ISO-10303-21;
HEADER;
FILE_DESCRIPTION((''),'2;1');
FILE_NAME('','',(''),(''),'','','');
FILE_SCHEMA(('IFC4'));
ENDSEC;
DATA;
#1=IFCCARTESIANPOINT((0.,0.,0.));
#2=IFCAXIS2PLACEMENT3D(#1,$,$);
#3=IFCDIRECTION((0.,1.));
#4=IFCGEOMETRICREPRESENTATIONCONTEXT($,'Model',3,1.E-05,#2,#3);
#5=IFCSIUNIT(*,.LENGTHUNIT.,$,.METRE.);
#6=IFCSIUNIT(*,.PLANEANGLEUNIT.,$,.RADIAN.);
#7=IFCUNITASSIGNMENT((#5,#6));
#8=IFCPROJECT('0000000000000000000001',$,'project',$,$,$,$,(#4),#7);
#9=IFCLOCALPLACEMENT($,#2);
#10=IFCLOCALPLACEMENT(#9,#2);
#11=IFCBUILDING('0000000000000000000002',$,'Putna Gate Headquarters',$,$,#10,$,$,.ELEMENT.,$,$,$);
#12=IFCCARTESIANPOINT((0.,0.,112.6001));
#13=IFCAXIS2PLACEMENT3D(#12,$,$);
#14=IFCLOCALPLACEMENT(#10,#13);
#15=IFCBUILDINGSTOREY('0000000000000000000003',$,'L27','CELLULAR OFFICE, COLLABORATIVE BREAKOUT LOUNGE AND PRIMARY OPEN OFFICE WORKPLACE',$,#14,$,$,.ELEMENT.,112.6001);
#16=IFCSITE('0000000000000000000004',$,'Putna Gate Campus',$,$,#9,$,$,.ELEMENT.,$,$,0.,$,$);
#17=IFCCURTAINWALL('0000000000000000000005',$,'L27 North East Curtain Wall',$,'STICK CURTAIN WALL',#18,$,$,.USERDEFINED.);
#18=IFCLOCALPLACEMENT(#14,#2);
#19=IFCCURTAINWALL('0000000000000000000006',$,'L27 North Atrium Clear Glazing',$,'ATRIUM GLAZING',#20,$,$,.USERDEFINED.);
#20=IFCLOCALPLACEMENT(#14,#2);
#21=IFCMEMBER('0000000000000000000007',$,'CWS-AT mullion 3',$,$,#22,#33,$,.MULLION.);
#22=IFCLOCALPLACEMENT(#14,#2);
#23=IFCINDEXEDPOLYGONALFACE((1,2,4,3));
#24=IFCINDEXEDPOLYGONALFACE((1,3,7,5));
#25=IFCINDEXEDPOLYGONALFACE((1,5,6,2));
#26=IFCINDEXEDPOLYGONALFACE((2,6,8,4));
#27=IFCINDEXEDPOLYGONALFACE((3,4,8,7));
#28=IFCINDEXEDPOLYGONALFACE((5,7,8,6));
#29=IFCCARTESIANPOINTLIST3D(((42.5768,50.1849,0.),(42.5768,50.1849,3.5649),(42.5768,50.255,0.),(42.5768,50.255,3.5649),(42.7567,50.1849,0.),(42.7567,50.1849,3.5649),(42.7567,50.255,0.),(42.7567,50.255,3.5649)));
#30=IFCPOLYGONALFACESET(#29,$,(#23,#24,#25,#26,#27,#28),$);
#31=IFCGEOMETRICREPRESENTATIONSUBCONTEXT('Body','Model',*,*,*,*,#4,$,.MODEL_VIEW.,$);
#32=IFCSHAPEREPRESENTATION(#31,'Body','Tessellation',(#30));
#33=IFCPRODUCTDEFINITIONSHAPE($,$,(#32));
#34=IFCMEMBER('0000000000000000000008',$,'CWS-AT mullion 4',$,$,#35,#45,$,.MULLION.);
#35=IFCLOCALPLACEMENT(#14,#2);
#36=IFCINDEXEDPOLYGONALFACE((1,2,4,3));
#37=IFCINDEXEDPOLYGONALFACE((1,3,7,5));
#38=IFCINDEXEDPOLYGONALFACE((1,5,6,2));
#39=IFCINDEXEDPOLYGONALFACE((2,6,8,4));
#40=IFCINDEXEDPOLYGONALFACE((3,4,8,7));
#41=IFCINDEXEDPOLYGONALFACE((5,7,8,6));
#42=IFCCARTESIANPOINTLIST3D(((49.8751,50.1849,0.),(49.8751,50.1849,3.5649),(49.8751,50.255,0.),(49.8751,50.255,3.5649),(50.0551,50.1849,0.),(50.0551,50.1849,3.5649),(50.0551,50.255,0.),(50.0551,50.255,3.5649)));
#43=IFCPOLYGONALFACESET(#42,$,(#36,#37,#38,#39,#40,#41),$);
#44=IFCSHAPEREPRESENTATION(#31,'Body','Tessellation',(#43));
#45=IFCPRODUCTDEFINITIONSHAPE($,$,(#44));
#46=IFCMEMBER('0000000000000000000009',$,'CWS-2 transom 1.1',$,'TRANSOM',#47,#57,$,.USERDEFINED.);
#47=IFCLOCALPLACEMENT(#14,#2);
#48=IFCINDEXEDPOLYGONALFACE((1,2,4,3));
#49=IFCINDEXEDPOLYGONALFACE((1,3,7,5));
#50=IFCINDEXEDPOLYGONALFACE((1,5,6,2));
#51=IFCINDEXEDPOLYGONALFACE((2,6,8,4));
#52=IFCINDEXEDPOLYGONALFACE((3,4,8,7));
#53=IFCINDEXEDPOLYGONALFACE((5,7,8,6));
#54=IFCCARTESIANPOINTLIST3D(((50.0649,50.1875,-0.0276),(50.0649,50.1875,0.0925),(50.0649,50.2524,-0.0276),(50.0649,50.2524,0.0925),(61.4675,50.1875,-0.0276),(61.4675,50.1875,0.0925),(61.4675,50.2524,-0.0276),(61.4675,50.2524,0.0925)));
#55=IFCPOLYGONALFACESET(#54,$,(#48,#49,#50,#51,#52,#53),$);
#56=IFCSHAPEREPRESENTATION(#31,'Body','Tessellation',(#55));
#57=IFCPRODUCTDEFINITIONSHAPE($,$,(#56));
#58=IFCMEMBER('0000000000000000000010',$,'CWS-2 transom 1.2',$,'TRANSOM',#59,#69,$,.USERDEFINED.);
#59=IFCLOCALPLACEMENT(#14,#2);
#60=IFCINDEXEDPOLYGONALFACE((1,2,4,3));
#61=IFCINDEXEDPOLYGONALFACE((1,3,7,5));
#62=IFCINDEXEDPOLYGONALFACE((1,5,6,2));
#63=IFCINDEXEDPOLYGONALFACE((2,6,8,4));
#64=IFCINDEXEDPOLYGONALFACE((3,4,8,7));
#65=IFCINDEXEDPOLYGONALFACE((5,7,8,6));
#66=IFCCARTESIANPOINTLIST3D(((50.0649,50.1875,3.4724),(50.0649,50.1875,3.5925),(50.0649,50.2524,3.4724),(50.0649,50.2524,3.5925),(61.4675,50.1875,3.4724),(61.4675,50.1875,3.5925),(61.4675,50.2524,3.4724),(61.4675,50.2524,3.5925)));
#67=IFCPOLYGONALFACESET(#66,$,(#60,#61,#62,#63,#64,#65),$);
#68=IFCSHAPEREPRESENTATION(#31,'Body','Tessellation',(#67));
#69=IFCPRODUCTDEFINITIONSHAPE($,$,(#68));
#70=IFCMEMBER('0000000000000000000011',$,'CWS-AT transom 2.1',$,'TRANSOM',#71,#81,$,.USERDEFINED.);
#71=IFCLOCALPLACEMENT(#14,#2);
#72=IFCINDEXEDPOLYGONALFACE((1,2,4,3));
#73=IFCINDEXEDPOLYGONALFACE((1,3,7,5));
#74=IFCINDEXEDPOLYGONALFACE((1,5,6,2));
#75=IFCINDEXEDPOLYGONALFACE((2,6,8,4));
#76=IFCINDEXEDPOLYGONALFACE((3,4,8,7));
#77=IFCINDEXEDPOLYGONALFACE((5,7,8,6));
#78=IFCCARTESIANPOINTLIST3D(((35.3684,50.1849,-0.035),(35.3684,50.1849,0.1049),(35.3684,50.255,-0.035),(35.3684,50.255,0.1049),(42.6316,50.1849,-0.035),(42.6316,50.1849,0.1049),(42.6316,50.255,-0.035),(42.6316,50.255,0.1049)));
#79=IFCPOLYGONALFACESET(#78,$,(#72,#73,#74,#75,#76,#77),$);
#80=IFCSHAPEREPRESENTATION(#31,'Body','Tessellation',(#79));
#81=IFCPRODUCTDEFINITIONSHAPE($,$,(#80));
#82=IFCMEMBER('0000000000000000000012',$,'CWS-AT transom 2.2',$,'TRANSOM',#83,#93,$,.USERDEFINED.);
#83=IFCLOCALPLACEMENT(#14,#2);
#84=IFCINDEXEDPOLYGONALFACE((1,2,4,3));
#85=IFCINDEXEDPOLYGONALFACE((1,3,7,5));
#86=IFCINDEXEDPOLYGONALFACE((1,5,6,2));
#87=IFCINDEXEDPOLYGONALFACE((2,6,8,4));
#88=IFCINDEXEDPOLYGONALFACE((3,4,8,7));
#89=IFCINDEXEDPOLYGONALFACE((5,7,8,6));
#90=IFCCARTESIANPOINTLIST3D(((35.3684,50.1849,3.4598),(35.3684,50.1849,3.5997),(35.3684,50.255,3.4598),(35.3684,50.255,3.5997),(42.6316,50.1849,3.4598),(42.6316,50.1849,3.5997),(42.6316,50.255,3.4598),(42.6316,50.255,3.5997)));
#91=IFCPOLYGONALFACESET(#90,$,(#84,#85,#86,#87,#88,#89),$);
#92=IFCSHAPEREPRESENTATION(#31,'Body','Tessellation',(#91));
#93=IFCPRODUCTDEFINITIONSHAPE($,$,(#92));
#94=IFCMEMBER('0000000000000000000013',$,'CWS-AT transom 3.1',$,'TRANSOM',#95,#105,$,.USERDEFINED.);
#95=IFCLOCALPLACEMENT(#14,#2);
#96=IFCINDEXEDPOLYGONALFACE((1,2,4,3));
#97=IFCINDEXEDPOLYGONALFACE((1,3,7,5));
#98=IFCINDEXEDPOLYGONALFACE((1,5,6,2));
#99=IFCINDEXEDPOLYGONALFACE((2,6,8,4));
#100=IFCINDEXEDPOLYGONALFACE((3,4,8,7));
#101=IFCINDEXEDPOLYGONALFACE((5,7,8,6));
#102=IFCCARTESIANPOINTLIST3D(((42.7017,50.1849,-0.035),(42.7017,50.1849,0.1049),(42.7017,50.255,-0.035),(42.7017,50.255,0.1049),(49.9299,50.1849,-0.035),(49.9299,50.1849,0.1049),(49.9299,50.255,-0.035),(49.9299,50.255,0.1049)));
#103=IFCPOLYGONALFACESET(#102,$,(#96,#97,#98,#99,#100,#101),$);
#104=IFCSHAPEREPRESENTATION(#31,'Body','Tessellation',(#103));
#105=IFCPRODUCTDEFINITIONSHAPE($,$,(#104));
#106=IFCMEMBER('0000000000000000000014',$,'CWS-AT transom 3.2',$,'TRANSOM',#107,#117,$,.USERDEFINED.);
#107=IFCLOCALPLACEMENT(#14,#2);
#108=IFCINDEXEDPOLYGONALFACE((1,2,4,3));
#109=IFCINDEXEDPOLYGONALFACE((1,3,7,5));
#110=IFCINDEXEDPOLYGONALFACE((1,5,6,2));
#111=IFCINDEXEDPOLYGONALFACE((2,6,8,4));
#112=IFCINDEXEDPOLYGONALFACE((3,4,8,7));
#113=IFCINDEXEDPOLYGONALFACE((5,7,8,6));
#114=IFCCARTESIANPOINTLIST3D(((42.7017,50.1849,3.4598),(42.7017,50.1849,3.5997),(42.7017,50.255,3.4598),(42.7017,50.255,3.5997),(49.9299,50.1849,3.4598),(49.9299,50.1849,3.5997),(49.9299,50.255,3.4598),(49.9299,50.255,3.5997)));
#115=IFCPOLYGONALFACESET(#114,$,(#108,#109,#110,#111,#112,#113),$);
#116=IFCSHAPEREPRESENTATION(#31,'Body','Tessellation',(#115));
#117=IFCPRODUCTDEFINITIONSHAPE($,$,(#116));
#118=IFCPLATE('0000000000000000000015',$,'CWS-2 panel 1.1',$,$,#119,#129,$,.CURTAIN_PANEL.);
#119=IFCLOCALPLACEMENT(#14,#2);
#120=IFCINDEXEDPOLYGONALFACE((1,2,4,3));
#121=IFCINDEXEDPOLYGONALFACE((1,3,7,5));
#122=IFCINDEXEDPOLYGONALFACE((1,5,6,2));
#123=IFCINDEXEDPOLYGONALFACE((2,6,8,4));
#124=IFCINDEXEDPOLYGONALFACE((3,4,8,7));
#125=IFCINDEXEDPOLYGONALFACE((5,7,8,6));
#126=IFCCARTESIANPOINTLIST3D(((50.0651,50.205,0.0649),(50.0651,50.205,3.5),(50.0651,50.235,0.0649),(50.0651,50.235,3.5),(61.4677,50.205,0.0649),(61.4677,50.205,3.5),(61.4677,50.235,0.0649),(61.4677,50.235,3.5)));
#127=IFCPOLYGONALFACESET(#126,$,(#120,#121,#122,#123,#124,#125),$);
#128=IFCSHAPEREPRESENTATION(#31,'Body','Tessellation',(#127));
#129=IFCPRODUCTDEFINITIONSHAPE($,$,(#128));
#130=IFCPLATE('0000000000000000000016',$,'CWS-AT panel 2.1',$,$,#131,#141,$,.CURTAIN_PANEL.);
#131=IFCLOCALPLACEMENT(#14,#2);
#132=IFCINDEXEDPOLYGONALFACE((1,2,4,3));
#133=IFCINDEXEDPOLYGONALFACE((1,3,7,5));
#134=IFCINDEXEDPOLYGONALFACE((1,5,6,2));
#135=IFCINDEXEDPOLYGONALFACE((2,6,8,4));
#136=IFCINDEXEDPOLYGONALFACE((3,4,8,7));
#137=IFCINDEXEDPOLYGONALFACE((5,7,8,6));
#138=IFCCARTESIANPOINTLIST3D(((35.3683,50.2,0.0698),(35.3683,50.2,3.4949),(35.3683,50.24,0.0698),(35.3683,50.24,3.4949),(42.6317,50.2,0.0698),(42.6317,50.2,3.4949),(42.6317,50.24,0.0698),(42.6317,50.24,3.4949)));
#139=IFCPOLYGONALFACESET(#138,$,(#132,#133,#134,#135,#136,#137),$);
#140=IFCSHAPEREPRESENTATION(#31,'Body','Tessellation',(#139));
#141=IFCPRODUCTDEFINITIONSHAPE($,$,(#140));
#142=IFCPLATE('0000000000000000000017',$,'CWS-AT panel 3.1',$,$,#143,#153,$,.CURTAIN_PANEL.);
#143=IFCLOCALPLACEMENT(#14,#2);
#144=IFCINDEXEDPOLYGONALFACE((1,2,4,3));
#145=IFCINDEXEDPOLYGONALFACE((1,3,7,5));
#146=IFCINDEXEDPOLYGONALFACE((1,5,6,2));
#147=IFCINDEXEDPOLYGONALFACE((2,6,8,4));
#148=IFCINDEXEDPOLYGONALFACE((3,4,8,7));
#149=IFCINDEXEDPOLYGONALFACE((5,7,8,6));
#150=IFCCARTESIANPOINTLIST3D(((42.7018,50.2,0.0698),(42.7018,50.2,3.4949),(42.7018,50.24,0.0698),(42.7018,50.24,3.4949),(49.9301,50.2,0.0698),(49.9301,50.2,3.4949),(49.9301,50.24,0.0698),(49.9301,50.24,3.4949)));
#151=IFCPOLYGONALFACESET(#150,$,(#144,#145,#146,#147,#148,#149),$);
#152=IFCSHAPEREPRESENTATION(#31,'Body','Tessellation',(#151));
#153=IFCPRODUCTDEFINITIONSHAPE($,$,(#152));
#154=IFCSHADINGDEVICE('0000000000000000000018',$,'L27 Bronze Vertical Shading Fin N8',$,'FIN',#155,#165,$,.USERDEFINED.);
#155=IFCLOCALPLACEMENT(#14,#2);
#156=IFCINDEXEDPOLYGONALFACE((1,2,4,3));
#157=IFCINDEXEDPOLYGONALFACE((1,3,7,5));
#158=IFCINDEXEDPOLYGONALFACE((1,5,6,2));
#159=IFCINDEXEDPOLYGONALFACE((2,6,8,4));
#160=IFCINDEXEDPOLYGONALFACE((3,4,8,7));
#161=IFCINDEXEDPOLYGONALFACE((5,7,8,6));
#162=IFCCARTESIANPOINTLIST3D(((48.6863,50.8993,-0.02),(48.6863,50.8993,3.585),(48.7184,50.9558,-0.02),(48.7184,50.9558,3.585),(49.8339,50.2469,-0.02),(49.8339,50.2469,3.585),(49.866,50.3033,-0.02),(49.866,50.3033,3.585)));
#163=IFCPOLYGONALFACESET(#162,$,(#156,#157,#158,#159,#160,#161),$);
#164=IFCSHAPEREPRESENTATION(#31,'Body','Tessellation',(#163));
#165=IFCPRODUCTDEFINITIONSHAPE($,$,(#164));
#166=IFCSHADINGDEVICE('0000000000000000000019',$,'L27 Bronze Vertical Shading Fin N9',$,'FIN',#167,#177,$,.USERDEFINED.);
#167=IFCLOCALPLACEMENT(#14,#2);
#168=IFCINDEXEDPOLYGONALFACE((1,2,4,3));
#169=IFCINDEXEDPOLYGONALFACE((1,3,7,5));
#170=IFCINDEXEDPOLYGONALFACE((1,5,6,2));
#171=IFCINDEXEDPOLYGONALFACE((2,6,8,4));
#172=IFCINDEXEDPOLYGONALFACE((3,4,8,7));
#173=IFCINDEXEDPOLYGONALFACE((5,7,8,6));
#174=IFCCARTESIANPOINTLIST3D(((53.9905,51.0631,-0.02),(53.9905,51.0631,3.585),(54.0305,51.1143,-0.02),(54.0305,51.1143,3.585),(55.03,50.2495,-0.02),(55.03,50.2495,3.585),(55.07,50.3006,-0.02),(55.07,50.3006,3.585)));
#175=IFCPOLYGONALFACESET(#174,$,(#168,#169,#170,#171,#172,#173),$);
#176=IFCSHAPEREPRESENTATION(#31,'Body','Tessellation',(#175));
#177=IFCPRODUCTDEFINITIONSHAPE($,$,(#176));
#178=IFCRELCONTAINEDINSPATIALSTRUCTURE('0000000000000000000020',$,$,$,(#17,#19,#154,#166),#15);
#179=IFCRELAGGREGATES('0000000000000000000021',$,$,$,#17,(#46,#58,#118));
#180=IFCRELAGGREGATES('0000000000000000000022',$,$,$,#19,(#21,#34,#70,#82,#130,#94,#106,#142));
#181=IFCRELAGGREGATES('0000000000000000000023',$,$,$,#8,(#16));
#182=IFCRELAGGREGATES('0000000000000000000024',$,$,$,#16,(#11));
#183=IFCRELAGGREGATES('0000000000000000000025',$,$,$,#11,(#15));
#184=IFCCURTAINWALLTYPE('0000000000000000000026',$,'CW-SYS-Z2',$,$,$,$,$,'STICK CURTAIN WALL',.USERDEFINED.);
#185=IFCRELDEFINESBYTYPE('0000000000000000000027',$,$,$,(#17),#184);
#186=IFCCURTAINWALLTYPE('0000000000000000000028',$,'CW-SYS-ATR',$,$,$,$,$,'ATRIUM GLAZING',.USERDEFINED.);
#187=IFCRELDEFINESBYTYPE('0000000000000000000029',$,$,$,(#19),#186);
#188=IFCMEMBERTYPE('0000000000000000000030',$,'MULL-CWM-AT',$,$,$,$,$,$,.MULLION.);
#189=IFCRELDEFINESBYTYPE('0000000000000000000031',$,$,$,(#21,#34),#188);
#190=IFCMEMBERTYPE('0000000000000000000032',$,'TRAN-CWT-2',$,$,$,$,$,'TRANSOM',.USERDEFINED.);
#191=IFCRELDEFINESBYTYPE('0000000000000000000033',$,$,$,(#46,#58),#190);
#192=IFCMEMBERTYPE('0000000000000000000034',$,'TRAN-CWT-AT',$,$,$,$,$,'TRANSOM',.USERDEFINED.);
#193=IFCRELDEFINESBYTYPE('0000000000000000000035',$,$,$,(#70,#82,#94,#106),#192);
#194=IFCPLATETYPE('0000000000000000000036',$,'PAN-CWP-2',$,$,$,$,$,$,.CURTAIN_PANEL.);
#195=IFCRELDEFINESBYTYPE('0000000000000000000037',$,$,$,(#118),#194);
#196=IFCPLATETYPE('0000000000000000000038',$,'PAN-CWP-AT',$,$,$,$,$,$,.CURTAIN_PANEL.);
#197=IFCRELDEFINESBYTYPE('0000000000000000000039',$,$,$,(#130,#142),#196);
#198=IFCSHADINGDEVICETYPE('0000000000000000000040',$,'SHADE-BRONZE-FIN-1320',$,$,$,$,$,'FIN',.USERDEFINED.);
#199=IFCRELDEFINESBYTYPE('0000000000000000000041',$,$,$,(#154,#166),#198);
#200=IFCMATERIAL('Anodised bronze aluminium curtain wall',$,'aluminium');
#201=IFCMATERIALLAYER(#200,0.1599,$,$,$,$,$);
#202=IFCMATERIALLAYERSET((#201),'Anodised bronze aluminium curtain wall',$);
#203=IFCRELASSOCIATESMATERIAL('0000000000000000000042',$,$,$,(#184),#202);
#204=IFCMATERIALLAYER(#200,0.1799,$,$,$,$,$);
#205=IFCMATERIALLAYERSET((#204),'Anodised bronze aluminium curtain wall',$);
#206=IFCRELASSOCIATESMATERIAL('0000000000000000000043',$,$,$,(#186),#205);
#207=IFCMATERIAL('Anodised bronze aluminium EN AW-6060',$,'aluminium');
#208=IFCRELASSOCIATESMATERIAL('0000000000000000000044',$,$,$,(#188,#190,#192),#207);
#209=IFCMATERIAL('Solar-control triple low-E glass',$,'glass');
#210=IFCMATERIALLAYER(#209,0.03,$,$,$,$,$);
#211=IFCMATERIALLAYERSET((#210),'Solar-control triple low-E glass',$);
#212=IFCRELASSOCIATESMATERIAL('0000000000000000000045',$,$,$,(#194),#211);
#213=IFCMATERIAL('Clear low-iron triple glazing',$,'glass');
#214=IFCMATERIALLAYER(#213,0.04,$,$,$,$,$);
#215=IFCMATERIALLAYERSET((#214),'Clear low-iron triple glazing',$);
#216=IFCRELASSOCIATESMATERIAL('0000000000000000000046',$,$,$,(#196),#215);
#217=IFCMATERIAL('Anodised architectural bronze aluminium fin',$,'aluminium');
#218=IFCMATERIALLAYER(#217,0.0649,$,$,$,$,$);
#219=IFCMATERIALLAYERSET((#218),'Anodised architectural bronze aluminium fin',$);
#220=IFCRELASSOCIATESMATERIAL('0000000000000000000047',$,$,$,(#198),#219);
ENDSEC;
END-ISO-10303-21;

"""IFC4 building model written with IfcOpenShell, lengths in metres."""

from ifc_helpers import new_model, si_unit, direction, frame, origin, origin_2d, place, context, subcontext, project, spatial, rectangle, extrude, material, layer, layer_set, material_profile, profile_set, type_object, element, aggregate, save


model = new_model("IFC4")

# Units and contexts
model_context = context("Model", 3, precision=1e-05, world=origin(), true_north=direction((0.0, 1.0)))
body_context = subcontext(model_context, "Body", "Model", "MODEL_VIEW")
ifc_project = project(units=[si_unit("LENGTHUNIT", "METRE"), si_unit("PLANEANGLEUNIT", "RADIAN")], contexts=[model_context])

# Site, building, storey
site_placement = place(None, origin())
site = spatial("IfcSite", under=ifc_project, at=site_placement, Name="Putna Gate Campus", CompositionType="ELEMENT", RefElevation=0.0)
building_placement = place(site_placement, origin())
building = spatial("IfcBuilding", under=site, at=building_placement, Name="Putna Gate Headquarters", CompositionType="ELEMENT")
storey_placement = place(building_placement, frame((0.0, 0.0, 112.6001)))
storey = spatial("IfcBuildingStorey", under=building, at=storey_placement, Name="L27", Description="CELLULAR OFFICE, COLLABORATIVE BREAKOUT LOUNGE AND PRIMARY OPEN OFFICE WORKPLACE", CompositionType="ELEMENT", Elevation=112.6001)

# Curtain wall
ifc_material_1 = material(Name="Anodised bronze aluminium curtain wall", Category="aluminium")
ifc_layer_1 = layer(ifc_material_1, 0.1599)
ifc_layer_set_1 = layer_set([ifc_layer_1], Name="Anodised bronze aluminium curtain wall")
curtain_wall_type_1 = type_object("IfcCurtainWallType", Name="CW-SYS-Z2", ElementType="STICK CURTAIN WALL", PredefinedType="USERDEFINED", material=ifc_layer_set_1)
curtain_wall_1_placement = place(storey_placement, origin())
curtain_wall_1 = element("IfcCurtainWall", 1, at=curtain_wall_1_placement, inside=storey, type_object=curtain_wall_type_1, Name="L27 North East Curtain Wall", ObjectType="STICK CURTAIN WALL", PredefinedType="USERDEFINED")
ifc_material_2 = material(Name="Anodised bronze aluminium EN AW-6060", Category="aluminium")

# Curtain wall, members
ifc_layer_2 = layer(ifc_material_1, 0.1799)
ifc_layer_set_2 = layer_set([ifc_layer_2], Name="Anodised bronze aluminium curtain wall")
curtain_wall_type_2 = type_object("IfcCurtainWallType", Name="CW-SYS-ATR", ElementType="ATRIUM GLAZING", PredefinedType="USERDEFINED", material=ifc_layer_set_2)
curtain_wall_2_placement = place(storey_placement, origin())
curtain_wall_2 = element("IfcCurtainWall", 2, at=curtain_wall_2_placement, inside=storey, type_object=curtain_wall_type_2, Name="L27 North Atrium Clear Glazing", ObjectType="ATRIUM GLAZING", PredefinedType="USERDEFINED")
ifc_material_profile_1 = material_profile(ifc_material_2, rectangle(XDim=0.0701, YDim=0.1799, at=origin_2d()), Name="Anodised bronze aluminium EN AW-6060")
ifc_profile_set_1 = profile_set([ifc_material_profile_1], Name="Anodised bronze aluminium EN AW-6060")
member_type_1 = type_object("IfcMemberType", Name="MULL-CWM-AT", PredefinedType="MULLION", material=ifc_profile_set_1)
member_1_placement = place(storey_placement, frame((42.6667, 50.22, 0.0), z_axis=(0.0, 0.0, 1.0), x_axis=(0.0, 1.0, 0.0)))
member_1 = element("IfcMember", 3, at=member_1_placement, type_object=member_type_1, Name="CWS-AT mullion 3", PredefinedType="MULLION", context=body_context, shape_type="SweptSolid", body=[
    extrude(rectangle(XDim=0.0701, YDim=0.1799, at=origin_2d()), origin(), (0.0, 0.0, 1.0), 3.5649),
])
member_2_placement = place(storey_placement, frame((49.9651, 50.22, 0.0), z_axis=(0.0, 0.0, 1.0), x_axis=(0.0, 1.0, 0.0)))
member_2 = element("IfcMember", 4, at=member_2_placement, type_object=member_type_1, Name="CWS-AT mullion 4", PredefinedType="MULLION", context=body_context, shape_type="SweptSolid", body=[
    extrude(rectangle(XDim=0.0701, YDim=0.1799, at=origin_2d()), origin(), (0.0, 0.0, 1.0), 3.5649),
])

# Members
ifc_material_profile_2 = material_profile(ifc_material_2, rectangle(XDim=0.0649, YDim=0.1201, at=origin_2d()), Name="Anodised bronze aluminium EN AW-6060")
ifc_profile_set_2 = profile_set([ifc_material_profile_2], Name="Anodised bronze aluminium EN AW-6060")
member_type_2 = type_object("IfcMemberType", Name="TRAN-CWT-2", ElementType="TRANSOM", PredefinedType="USERDEFINED", material=ifc_profile_set_2)
member_3_placement = place(storey_placement, frame((50.0649, 50.22, 0.0325), z_axis=(1.0, 0.0, 0.0), x_axis=(0.0, 1.0, 0.0)))
member_3 = element("IfcMember", 5, at=member_3_placement, type_object=member_type_2, Name="CWS-2 transom 1.1", ObjectType="TRANSOM", PredefinedType="USERDEFINED", context=body_context, shape_type="SweptSolid", body=[
    extrude(rectangle(XDim=0.0649, YDim=0.1201, at=origin_2d()), origin(), (0.0, 0.0, 1.0), 11.4026),
])
member_4_placement = place(storey_placement, frame((50.0649, 50.22, 3.5325), z_axis=(1.0, 0.0, 0.0), x_axis=(0.0, 1.0, 0.0)))
member_4 = element("IfcMember", 6, at=member_4_placement, type_object=member_type_2, Name="CWS-2 transom 1.2", ObjectType="TRANSOM", PredefinedType="USERDEFINED", context=body_context, shape_type="SweptSolid", body=[
    extrude(rectangle(XDim=0.0649, YDim=0.1201, at=origin_2d()), origin(), (0.0, 0.0, 1.0), 11.4026),
])
ifc_material_profile_3 = material_profile(ifc_material_2, rectangle(XDim=0.0701, YDim=0.1399, at=origin_2d()), Name="Anodised bronze aluminium EN AW-6060")
ifc_profile_set_3 = profile_set([ifc_material_profile_3], Name="Anodised bronze aluminium EN AW-6060")
member_type_3 = type_object("IfcMemberType", Name="TRAN-CWT-AT", ElementType="TRANSOM", PredefinedType="USERDEFINED", material=ifc_profile_set_3)
member_5_placement = place(storey_placement, frame((35.3684, 50.22, 0.0349), z_axis=(1.0, 0.0, 0.0), x_axis=(0.0, 1.0, 0.0)))
member_5 = element("IfcMember", 7, at=member_5_placement, type_object=member_type_3, Name="CWS-AT transom 2.1", ObjectType="TRANSOM", PredefinedType="USERDEFINED", context=body_context, shape_type="SweptSolid", body=[
    extrude(rectangle(XDim=0.0701, YDim=0.1399, at=origin_2d()), origin(), (0.0, 0.0, 1.0), 7.2632),
])
member_6_placement = place(storey_placement, frame((35.3684, 50.22, 3.5298), z_axis=(1.0, 0.0, 0.0), x_axis=(0.0, 1.0, 0.0)))
member_6 = element("IfcMember", 8, at=member_6_placement, type_object=member_type_3, Name="CWS-AT transom 2.2", ObjectType="TRANSOM", PredefinedType="USERDEFINED", context=body_context, shape_type="SweptSolid", body=[
    extrude(rectangle(XDim=0.0701, YDim=0.1399, at=origin_2d()), origin(), (0.0, 0.0, 1.0), 7.2632),
])
member_7_placement = place(storey_placement, frame((42.7017, 50.22, 0.0349), z_axis=(1.0, 0.0, 0.0), x_axis=(0.0, 1.0, 0.0)))
member_7 = element("IfcMember", 9, at=member_7_placement, type_object=member_type_3, Name="CWS-AT transom 3.1", ObjectType="TRANSOM", PredefinedType="USERDEFINED", context=body_context, shape_type="SweptSolid", body=[
    extrude(rectangle(XDim=0.0701, YDim=0.1399, at=origin_2d()), origin(), (0.0, 0.0, 1.0), 7.2283),
])
member_8_placement = place(storey_placement, frame((42.7017, 50.22, 3.5298), z_axis=(1.0, 0.0, 0.0), x_axis=(0.0, 1.0, 0.0)))
member_8 = element("IfcMember", 10, at=member_8_placement, type_object=member_type_3, Name="CWS-AT transom 3.2", ObjectType="TRANSOM", PredefinedType="USERDEFINED", context=body_context, shape_type="SweptSolid", body=[
    extrude(rectangle(XDim=0.0701, YDim=0.1399, at=origin_2d()), origin(), (0.0, 0.0, 1.0), 7.2283),
])

# Plates
ifc_material_3 = material(Name="Solar-control triple low-E glass", Category="glass")
ifc_layer_3 = layer(ifc_material_3, 0.03)
ifc_layer_set_3 = layer_set([ifc_layer_3], Name="Solar-control triple low-E glass")
plate_type_1 = type_object("IfcPlateType", Name="PAN-CWP-2", PredefinedType="CURTAIN_PANEL", material=ifc_layer_set_3)
plate_1_placement = place(storey_placement, frame((55.7664, 50.22, 0.0649), z_axis=(0.0, 0.0, 1.0), x_axis=(1.0, 0.0, 0.0)))
plate_1 = element("IfcPlate", 11, at=plate_1_placement, type_object=plate_type_1, Name="CWS-2 panel 1.1", PredefinedType="CURTAIN_PANEL", context=body_context, shape_type="SweptSolid", body=[
    extrude(rectangle(XDim=11.4026, YDim=0.03, at=origin_2d()), origin(), (0.0, 0.0, 1.0), 3.4351),
])
aggregate(curtain_wall_1, [member_3, member_4, plate_1])
ifc_material_4 = material(Name="Clear low-iron triple glazing", Category="glass")
ifc_layer_4 = layer(ifc_material_4, 0.04)
ifc_layer_set_4 = layer_set([ifc_layer_4], Name="Clear low-iron triple glazing")
plate_type_2 = type_object("IfcPlateType", Name="PAN-CWP-AT", PredefinedType="CURTAIN_PANEL", material=ifc_layer_set_4)
plate_2_placement = place(storey_placement, frame((39.0, 50.22, 0.0698), z_axis=(0.0, 0.0, 1.0), x_axis=(1.0, 0.0, 0.0)))
plate_2 = element("IfcPlate", 12, at=plate_2_placement, type_object=plate_type_2, Name="CWS-AT panel 2.1", PredefinedType="CURTAIN_PANEL", context=body_context, shape_type="SweptSolid", body=[
    extrude(rectangle(XDim=7.2634, YDim=0.04, at=origin_2d()), origin(), (0.0, 0.0, 1.0), 3.425),
])
plate_3_placement = place(storey_placement, frame((46.3159, 50.22, 0.0698), z_axis=(0.0, 0.0, 1.0), x_axis=(1.0, 0.0, 0.0)))
plate_3 = element("IfcPlate", 13, at=plate_3_placement, type_object=plate_type_2, Name="CWS-AT panel 3.1", PredefinedType="CURTAIN_PANEL", context=body_context, shape_type="SweptSolid", body=[
    extrude(rectangle(XDim=7.2283, YDim=0.04, at=origin_2d()), origin(), (0.0, 0.0, 1.0), 3.425),
])
aggregate(curtain_wall_2, [member_1, member_2, member_5, member_6, plate_2, member_7, member_8, plate_3])

# Shading devices
ifc_material_5 = material(Name="Anodised architectural bronze aluminium fin", Category="aluminium")
ifc_layer_5 = layer(ifc_material_5, 0.0649)
ifc_layer_set_5 = layer_set([ifc_layer_5], Name="Anodised architectural bronze aluminium fin")
shading_device_type = type_object("IfcShadingDeviceType", Name="SHADE-BRONZE-FIN-1320", ElementType="FIN", PredefinedType="USERDEFINED", material=ifc_layer_set_5)
for number, where, z_axis, x_axis, name in (
    (14, (49.2761, 50.6013, -0.02), (0.0, 0.0, 1.0), (-0.869322, 0.494245, 0.0), "L27 Bronze Vertical Shading Fin N8"),
    (15, (54.5303, 50.6819, -0.02), (0.0, 0.0, 1.0), (-0.787473, 0.616349, 0.0), "L27 Bronze Vertical Shading Fin N9"),
):
    element("IfcShadingDevice", number, at=place(storey_placement, frame(where, z_axis=z_axis, x_axis=x_axis)), inside=storey, type_object=shading_device_type, Name=name, ObjectType="FIN", PredefinedType="USERDEFINED", context=body_context, shape_type="SweptSolid", body=[
        extrude(rectangle(XDim=1.3201, YDim=0.0649, at=origin_2d()), origin(), (0.0, 0.0, 1.0), 3.605),
    ])

save(model, "model.ifc")
